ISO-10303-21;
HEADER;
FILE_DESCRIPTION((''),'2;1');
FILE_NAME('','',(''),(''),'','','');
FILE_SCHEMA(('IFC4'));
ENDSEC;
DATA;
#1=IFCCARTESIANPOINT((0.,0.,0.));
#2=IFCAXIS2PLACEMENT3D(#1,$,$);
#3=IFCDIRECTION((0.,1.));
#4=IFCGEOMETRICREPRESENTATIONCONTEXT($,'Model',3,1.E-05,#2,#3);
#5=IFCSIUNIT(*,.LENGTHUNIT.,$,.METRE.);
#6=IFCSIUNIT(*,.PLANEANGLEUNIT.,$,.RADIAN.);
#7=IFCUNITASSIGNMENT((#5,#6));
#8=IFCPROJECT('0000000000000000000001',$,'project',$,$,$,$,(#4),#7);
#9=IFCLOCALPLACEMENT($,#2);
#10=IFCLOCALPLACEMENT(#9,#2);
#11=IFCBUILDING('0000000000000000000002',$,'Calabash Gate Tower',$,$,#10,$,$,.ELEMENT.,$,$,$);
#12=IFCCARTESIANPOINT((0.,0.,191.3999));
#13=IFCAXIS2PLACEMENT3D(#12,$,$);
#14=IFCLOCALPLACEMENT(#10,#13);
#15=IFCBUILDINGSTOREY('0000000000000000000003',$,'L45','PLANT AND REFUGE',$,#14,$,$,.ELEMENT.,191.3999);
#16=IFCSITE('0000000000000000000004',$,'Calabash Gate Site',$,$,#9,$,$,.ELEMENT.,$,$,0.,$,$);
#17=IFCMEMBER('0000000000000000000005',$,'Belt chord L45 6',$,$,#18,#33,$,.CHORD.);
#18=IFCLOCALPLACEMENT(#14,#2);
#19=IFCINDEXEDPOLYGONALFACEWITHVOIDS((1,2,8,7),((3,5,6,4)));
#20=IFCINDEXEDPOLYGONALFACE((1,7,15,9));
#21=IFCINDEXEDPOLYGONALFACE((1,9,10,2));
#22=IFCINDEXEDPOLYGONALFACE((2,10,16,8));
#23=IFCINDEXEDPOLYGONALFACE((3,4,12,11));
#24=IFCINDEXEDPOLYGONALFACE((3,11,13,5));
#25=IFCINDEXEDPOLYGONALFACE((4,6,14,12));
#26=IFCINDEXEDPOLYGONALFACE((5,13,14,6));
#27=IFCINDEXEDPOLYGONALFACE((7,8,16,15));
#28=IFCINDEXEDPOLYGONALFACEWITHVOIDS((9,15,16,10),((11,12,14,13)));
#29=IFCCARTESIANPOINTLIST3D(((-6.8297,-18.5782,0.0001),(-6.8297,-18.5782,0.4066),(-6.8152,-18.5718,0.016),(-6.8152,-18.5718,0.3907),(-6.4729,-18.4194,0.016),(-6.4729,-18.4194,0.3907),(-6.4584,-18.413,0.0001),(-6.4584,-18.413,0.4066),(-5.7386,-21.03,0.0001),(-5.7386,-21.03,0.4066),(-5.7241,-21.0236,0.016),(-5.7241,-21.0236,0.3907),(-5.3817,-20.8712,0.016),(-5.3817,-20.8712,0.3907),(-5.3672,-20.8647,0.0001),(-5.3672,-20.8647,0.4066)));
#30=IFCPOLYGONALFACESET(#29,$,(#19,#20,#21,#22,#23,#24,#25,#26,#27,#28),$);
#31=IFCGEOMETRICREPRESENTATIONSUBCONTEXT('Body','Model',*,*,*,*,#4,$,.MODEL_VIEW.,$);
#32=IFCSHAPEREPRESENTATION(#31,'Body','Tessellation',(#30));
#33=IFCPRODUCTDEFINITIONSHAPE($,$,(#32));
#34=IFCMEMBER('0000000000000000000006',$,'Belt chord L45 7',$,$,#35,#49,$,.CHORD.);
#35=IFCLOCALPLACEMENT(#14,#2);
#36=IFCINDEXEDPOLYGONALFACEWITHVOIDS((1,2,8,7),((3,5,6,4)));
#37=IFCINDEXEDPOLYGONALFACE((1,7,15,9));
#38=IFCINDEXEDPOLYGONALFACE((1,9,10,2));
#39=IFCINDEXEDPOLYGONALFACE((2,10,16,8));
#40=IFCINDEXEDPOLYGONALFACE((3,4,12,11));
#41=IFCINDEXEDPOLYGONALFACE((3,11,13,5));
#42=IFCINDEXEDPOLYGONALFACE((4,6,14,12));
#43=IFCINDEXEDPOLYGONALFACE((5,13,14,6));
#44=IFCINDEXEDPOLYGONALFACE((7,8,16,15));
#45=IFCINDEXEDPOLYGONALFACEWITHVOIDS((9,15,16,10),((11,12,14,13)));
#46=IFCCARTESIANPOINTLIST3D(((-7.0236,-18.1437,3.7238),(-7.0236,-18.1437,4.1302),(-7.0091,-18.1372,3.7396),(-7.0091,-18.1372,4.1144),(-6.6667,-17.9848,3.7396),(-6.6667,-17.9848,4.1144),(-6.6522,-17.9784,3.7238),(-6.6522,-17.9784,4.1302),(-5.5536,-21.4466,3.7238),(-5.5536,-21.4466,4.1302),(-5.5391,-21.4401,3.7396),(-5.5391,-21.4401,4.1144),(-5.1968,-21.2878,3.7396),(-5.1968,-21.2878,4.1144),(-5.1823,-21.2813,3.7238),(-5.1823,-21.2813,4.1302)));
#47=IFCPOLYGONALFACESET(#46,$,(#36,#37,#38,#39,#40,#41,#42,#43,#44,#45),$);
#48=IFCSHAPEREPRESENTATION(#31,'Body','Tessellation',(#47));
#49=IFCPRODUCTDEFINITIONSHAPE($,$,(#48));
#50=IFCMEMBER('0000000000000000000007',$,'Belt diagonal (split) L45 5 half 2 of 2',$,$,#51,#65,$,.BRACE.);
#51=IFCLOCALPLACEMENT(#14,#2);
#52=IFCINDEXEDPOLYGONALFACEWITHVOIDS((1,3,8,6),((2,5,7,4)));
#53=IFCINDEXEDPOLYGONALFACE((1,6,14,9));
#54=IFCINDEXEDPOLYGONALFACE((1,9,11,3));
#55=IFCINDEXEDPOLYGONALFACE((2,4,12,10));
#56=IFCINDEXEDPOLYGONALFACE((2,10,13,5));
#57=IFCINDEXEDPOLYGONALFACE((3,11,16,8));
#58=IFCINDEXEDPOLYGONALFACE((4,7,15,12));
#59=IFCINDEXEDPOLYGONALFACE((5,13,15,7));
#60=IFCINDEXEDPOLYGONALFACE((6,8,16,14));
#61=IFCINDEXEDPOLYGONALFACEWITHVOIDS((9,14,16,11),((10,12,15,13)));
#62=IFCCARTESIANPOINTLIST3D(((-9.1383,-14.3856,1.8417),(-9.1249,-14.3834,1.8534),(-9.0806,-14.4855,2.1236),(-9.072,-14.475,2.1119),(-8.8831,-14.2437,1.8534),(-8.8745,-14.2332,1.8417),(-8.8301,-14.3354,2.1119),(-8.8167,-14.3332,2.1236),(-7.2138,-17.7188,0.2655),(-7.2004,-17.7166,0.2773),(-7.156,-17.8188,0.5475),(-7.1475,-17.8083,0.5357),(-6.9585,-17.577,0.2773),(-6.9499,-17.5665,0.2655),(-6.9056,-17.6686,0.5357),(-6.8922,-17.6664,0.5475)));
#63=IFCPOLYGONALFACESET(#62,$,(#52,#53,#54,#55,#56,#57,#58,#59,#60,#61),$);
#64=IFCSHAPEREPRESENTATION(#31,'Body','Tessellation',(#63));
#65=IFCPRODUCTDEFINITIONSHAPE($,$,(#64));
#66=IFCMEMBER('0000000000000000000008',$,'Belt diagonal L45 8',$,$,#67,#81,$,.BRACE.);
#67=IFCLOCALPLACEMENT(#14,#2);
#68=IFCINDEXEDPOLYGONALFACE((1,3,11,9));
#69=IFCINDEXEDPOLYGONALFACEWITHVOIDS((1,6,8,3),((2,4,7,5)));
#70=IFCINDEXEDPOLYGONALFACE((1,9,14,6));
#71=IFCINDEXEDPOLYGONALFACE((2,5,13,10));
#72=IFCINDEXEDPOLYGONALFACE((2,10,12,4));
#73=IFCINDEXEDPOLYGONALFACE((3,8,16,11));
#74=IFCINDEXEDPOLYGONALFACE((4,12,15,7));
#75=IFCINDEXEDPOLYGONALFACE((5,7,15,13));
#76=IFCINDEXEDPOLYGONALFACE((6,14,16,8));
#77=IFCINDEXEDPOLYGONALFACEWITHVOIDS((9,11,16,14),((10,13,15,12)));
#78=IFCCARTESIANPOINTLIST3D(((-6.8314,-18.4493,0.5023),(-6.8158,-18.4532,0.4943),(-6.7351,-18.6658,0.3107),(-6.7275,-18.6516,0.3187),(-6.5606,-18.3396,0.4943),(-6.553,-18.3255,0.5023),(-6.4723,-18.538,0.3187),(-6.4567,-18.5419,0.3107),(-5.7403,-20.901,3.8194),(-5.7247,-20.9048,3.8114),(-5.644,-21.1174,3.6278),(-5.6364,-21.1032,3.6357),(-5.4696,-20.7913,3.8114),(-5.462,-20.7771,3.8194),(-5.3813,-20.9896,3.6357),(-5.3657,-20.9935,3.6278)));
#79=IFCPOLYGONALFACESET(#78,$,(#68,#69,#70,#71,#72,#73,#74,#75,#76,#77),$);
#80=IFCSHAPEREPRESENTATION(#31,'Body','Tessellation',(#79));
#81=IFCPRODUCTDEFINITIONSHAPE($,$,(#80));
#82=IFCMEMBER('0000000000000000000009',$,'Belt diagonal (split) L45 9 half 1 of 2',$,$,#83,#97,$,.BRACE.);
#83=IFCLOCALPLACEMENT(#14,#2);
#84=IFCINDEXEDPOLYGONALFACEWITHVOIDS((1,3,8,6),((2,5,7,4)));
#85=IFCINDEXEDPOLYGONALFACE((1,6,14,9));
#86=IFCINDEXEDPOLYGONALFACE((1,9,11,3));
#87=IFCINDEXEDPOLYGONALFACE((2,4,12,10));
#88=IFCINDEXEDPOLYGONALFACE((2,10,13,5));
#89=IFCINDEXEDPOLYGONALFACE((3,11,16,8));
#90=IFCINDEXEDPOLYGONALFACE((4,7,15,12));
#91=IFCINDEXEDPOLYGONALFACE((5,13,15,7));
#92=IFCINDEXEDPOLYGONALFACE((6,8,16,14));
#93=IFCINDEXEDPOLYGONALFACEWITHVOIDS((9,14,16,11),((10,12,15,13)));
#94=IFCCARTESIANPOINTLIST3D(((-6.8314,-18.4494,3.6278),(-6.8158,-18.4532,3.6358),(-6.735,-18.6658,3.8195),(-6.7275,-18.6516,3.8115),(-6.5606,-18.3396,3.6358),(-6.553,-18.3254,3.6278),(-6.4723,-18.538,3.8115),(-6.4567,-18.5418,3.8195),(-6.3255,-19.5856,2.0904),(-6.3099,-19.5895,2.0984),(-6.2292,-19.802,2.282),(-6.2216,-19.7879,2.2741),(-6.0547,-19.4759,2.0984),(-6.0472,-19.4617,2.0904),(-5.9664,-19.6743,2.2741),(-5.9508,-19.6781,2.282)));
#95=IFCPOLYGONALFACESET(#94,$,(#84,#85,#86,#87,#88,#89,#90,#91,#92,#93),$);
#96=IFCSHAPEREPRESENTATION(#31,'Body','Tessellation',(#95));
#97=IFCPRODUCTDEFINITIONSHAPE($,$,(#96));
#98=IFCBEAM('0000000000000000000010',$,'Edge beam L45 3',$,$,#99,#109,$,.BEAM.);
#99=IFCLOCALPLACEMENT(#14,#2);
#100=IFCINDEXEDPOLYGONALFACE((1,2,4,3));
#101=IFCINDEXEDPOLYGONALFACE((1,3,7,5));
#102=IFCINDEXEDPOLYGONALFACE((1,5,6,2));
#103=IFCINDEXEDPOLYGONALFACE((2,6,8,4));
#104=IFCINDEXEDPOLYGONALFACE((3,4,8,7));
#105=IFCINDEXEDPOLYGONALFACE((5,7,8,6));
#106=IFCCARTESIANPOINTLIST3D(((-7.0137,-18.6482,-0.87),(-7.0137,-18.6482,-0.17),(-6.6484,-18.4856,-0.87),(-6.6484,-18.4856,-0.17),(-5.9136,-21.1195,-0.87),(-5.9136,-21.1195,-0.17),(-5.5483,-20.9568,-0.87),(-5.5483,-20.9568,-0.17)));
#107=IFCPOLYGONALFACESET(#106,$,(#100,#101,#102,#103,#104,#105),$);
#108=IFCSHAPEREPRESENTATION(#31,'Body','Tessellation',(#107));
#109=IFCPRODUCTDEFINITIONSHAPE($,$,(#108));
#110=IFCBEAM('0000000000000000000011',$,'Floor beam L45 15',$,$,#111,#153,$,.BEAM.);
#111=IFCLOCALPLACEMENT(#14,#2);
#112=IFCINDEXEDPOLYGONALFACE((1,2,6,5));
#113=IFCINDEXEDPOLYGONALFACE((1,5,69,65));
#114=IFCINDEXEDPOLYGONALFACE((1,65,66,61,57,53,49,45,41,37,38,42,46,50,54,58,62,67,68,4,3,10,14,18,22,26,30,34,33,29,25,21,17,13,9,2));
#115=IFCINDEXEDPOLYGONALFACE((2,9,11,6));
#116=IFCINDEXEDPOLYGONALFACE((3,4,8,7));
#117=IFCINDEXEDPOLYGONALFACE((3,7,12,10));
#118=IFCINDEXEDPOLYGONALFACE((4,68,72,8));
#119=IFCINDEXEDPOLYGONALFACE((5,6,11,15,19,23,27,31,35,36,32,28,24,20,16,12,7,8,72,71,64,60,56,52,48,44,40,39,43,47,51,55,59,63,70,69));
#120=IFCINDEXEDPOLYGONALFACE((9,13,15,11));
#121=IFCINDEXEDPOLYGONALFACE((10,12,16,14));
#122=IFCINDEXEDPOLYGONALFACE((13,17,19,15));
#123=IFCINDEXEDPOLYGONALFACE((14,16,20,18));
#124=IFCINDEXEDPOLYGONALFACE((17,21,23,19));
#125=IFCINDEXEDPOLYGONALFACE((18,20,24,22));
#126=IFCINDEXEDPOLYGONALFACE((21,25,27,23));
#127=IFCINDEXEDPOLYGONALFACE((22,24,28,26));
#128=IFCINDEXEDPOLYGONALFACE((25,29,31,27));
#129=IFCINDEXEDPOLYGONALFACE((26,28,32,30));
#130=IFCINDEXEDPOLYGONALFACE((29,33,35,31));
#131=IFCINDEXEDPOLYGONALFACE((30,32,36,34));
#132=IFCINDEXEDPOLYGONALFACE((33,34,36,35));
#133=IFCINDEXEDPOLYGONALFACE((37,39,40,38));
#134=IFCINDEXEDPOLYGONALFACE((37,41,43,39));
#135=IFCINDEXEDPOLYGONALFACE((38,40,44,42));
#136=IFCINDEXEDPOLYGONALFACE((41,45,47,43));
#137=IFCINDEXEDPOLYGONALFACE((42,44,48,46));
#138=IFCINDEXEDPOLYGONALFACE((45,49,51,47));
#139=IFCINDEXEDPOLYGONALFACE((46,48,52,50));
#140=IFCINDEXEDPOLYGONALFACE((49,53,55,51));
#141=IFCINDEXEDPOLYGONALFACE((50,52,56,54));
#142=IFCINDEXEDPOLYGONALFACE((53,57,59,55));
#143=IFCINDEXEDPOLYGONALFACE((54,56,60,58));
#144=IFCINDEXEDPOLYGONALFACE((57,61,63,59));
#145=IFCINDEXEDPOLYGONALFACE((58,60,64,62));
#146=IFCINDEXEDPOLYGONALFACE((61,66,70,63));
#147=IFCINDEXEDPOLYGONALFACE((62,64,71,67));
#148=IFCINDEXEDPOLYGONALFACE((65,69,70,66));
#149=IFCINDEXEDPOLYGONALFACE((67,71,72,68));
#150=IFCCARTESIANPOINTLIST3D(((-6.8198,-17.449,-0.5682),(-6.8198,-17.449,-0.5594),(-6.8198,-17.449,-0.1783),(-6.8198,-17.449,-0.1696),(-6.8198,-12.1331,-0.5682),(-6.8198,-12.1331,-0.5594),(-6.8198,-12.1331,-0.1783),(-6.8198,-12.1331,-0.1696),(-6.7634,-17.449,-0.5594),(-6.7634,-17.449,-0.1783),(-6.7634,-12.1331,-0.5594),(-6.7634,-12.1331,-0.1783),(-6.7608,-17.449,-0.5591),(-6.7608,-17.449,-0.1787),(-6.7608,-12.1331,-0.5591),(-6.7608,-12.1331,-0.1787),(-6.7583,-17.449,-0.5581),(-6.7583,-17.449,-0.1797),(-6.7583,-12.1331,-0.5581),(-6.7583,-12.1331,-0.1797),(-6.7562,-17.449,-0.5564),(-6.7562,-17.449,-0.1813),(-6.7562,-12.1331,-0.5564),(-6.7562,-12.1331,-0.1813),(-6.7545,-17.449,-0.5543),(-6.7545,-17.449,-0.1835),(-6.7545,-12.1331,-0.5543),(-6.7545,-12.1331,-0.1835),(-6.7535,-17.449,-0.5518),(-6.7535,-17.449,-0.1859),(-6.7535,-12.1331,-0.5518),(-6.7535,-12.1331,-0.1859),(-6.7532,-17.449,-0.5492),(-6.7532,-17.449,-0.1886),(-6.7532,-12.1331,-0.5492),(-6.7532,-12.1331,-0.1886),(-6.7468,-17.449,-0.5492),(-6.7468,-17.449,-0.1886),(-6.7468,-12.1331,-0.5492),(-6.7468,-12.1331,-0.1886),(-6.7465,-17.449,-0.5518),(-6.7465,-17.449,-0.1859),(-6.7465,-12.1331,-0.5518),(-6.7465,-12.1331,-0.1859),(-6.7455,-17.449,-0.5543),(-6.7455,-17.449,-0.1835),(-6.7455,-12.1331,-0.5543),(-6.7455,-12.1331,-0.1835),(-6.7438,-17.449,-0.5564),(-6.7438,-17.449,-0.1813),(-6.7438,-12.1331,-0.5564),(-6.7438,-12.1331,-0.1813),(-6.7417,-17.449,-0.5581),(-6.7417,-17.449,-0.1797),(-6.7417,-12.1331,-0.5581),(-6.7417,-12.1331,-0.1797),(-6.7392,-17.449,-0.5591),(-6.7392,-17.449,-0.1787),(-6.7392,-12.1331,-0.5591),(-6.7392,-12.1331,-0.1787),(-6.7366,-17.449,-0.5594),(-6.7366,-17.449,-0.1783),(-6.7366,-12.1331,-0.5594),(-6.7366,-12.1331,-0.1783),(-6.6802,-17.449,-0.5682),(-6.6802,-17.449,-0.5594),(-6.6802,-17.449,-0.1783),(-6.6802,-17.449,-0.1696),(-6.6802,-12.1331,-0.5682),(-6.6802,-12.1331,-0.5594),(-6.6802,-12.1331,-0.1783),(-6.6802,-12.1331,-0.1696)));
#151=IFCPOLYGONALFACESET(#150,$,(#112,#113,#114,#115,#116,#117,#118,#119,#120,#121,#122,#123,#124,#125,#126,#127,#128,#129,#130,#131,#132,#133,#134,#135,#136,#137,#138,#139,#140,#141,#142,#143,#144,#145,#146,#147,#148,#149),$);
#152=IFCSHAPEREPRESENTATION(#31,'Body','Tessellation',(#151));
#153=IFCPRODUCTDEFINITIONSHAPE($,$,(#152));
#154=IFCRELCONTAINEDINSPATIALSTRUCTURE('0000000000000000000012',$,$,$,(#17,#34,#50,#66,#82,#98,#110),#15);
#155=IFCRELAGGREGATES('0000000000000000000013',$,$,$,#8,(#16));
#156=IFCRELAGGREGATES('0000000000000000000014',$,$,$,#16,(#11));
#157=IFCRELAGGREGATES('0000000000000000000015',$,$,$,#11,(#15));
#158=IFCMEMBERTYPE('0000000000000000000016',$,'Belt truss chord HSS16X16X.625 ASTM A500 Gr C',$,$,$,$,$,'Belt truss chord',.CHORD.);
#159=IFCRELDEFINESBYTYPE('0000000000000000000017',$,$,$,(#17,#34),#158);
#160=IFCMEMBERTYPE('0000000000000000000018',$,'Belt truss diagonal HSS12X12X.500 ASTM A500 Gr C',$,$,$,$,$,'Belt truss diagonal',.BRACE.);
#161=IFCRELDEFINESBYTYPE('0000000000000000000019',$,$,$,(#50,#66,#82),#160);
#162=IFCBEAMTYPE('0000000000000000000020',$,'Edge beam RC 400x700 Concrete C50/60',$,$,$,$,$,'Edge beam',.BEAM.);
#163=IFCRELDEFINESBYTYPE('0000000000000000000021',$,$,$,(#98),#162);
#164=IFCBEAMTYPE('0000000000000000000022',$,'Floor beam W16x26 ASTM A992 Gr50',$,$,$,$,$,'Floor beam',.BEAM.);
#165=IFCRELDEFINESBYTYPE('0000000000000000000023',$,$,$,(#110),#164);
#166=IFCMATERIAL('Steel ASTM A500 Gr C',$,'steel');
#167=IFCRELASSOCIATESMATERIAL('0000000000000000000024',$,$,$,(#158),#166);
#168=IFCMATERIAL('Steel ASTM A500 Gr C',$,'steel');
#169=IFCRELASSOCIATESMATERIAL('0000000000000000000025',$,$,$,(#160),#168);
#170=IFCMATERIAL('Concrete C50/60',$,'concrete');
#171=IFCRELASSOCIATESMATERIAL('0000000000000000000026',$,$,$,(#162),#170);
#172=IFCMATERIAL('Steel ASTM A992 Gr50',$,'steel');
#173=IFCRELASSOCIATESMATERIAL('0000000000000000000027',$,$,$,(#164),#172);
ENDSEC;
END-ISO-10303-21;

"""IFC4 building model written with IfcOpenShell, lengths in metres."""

from ifc_helpers import new_model, si_unit, direction, frame, origin, origin_2d, place, context, subcontext, project, spatial, rectangle, hollow_rectangle, i_section, extrude, material, material_profile, profile_set, type_object, element, save


model = new_model("IFC4")

# Units and contexts
model_context = context("Model", 3, precision=1e-05, world=origin(), true_north=direction((0.0, 1.0)))
body_context = subcontext(model_context, "Body", "Model", "MODEL_VIEW")
ifc_project = project(units=[si_unit("LENGTHUNIT", "METRE"), si_unit("PLANEANGLEUNIT", "RADIAN")], contexts=[model_context])

# Site, building, storey
site_placement = place(None, origin())
site = spatial("IfcSite", under=ifc_project, at=site_placement, Name="Calabash Gate Site", CompositionType="ELEMENT", RefElevation=0.0)
building_placement = place(site_placement, origin())
building = spatial("IfcBuilding", under=site, at=building_placement, Name="Calabash Gate Tower", CompositionType="ELEMENT")
storey_placement = place(building_placement, frame((0.0, 0.0, 191.3999)))
storey = spatial("IfcBuildingStorey", under=building, at=storey_placement, Name="L45", Description="PLANT AND REFUGE", CompositionType="ELEMENT", Elevation=191.3999)

# Members
ifc_material_1 = material(Name="Steel ASTM A500 Gr C", Category="steel")
ifc_material_profile_1 = material_profile(ifc_material_1, hollow_rectangle(XDim=0.4065, YDim=0.4065, WallThickness=0.0159, at=origin_2d()))
ifc_profile_set_1 = profile_set([ifc_material_profile_1], Name="Steel ASTM A500 Gr C")
member_type_1 = type_object("IfcMemberType", Name="Belt truss chord HSS16X16X.625 ASTM A500 Gr C", ElementType="Belt truss chord", PredefinedType="CHORD", material=ifc_profile_set_1)
member_1_placement = place(storey_placement, frame((-6.644, -18.4956, 0.2034), z_axis=(0.406586, -0.913613, 0.0), x_axis=(0.913613, 0.406586, 0.0)))
element("IfcMember", 1, at=member_1_placement, inside=storey, type_object=member_type_1, Name="Belt chord L45 6", PredefinedType="CHORD", context=body_context, shape_type="SweptSolid", body=[
    extrude(hollow_rectangle(XDim=0.4065, YDim=0.4065, WallThickness=0.0159, at=origin_2d()), origin(), (0.0, 0.0, 1.0), 2.6836),
])
member_2_placement = place(storey_placement, frame((-6.8379, -18.061, 3.927), z_axis=(0.406596, -0.913608, 0.0), x_axis=(0.913608, 0.406596, 0.0)))
element("IfcMember", 2, at=member_2_placement, inside=storey, type_object=member_type_1, Name="Belt chord L45 7", PredefinedType="CHORD", context=body_context, shape_type="SweptSolid", body=[
    extrude(hollow_rectangle(XDim=0.4065, YDim=0.4065, WallThickness=0.0159, at=origin_2d()), origin(), (0.0, 0.0, 1.0), 3.6152),
])
ifc_material_2 = material(Name="Steel ASTM A500 Gr C", Category="steel")
ifc_material_profile_2 = material_profile(ifc_material_2, hollow_rectangle(XDim=0.3047, YDim=0.3047, WallThickness=0.0127, at=origin_2d()))
ifc_profile_set_2 = profile_set([ifc_material_profile_2], Name="Steel ASTM A500 Gr C")
member_type_2 = type_object("IfcMemberType", Name="Belt truss diagonal HSS12X12X.500 ASTM A500 Gr C", ElementType="Belt truss diagonal", PredefinedType="BRACE", material=ifc_profile_set_2)
member_3_placement = place(storey_placement, frame((-8.9775, -14.3594, 1.9827), z_axis=(0.462725, -0.80142, -0.378962), x_axis=(0.866013, 0.500021, 0.0)))
element("IfcMember", 3, at=member_3_placement, inside=storey, type_object=member_type_2, Name="Belt diagonal (split) L45 5 half 2 of 2", PredefinedType="BRACE", context=body_context, shape_type="SweptSolid", body=[
    extrude(hollow_rectangle(XDim=0.3047, YDim=0.3047, WallThickness=0.0127, at=origin_2d()), origin(), (0.0, 0.0, 1.0), 4.1592),
])
member_4_placement = place(storey_placement, frame((-6.644, -18.4956, 0.4065), z_axis=(0.255718, -0.574607, 0.777454), x_axis=(0.913613, 0.406586, 0.0)))
element("IfcMember", 4, at=member_4_placement, inside=storey, type_object=member_type_2, Name="Belt diagonal L45 8", PredefinedType="BRACE", context=body_context, shape_type="SweptSolid", body=[
    extrude(hollow_rectangle(XDim=0.3047, YDim=0.3047, WallThickness=0.0127, at=origin_2d()), origin(), (0.0, 0.0, 1.0), 4.2666),
])
member_5_placement = place(storey_placement, frame((-6.644, -18.4956, 3.7236), z_axis=(0.255812, -0.574589, -0.777436), x_axis=(0.913552, 0.406721, 0.0)))
element("IfcMember", 5, at=member_5_placement, inside=storey, type_object=member_type_2, Name="Belt diagonal (split) L45 9 half 1 of 2", PredefinedType="BRACE", context=body_context, shape_type="SweptSolid", body=[
    extrude(hollow_rectangle(XDim=0.3047, YDim=0.3047, WallThickness=0.0127, at=origin_2d()), origin(), (0.0, 0.0, 1.0), 1.9775),
])

# Beams
ifc_material_3 = material(Name="Concrete C50/60", Category="concrete")
ifc_material_profile_3 = material_profile(ifc_material_3, rectangle(XDim=0.3999, YDim=0.7, at=origin_2d()))
ifc_profile_set_3 = profile_set([ifc_material_profile_3], Name="Concrete C50/60")
beam_type_1 = type_object("IfcBeamType", Name="Edge beam RC 400x700 Concrete C50/60", ElementType="Edge beam", PredefinedType="BEAM", material=ifc_profile_set_3)
beam_1_placement = place(storey_placement, frame((-6.8311, -18.5669, -0.52), z_axis=(0.406691, -0.913566, 0.0), x_axis=(0.913566, 0.406691, 0.0)))
element("IfcBeam", 6, at=beam_1_placement, inside=storey, type_object=beam_type_1, Name="Edge beam L45 3", PredefinedType="BEAM", context=body_context, shape_type="SweptSolid", body=[
    extrude(rectangle(XDim=0.3999, YDim=0.7, at=origin_2d()), origin(), (0.0, 0.0, 1.0), 2.7051),
])
ifc_material_4 = material(Name="Steel ASTM A992 Gr50", Category="steel")
ifc_material_profile_4 = material_profile(ifc_material_4, i_section(OverallWidth=0.1396, OverallDepth=0.3987, WebThickness=0.0063, FlangeThickness=0.0088, FilletRadius=0.0103, at=origin_2d()))
ifc_profile_set_4 = profile_set([ifc_material_profile_4], Name="Steel ASTM A992 Gr50")
beam_type_2 = type_object("IfcBeamType", Name="Floor beam W16x26 ASTM A992 Gr50", ElementType="Floor beam", PredefinedType="BEAM", material=ifc_profile_set_4)
beam_2_placement = place(storey_placement, frame((-6.75, -17.449, -0.3689), z_axis=(0.0, 1.0, 0.0), x_axis=(-1.0, 0.0, 0.0)))
element("IfcBeam", 7, at=beam_2_placement, inside=storey, type_object=beam_type_2, Name="Floor beam L45 15", PredefinedType="BEAM", context=body_context, shape_type="SweptSolid", body=[
    extrude(i_section(OverallWidth=0.1396, OverallDepth=0.3987, WebThickness=0.0063, FlangeThickness=0.0088, FilletRadius=0.0103, at=origin_2d()), origin(), (0.0, 0.0, 1.0), 5.3159),
])

save(model, "model.ifc")
